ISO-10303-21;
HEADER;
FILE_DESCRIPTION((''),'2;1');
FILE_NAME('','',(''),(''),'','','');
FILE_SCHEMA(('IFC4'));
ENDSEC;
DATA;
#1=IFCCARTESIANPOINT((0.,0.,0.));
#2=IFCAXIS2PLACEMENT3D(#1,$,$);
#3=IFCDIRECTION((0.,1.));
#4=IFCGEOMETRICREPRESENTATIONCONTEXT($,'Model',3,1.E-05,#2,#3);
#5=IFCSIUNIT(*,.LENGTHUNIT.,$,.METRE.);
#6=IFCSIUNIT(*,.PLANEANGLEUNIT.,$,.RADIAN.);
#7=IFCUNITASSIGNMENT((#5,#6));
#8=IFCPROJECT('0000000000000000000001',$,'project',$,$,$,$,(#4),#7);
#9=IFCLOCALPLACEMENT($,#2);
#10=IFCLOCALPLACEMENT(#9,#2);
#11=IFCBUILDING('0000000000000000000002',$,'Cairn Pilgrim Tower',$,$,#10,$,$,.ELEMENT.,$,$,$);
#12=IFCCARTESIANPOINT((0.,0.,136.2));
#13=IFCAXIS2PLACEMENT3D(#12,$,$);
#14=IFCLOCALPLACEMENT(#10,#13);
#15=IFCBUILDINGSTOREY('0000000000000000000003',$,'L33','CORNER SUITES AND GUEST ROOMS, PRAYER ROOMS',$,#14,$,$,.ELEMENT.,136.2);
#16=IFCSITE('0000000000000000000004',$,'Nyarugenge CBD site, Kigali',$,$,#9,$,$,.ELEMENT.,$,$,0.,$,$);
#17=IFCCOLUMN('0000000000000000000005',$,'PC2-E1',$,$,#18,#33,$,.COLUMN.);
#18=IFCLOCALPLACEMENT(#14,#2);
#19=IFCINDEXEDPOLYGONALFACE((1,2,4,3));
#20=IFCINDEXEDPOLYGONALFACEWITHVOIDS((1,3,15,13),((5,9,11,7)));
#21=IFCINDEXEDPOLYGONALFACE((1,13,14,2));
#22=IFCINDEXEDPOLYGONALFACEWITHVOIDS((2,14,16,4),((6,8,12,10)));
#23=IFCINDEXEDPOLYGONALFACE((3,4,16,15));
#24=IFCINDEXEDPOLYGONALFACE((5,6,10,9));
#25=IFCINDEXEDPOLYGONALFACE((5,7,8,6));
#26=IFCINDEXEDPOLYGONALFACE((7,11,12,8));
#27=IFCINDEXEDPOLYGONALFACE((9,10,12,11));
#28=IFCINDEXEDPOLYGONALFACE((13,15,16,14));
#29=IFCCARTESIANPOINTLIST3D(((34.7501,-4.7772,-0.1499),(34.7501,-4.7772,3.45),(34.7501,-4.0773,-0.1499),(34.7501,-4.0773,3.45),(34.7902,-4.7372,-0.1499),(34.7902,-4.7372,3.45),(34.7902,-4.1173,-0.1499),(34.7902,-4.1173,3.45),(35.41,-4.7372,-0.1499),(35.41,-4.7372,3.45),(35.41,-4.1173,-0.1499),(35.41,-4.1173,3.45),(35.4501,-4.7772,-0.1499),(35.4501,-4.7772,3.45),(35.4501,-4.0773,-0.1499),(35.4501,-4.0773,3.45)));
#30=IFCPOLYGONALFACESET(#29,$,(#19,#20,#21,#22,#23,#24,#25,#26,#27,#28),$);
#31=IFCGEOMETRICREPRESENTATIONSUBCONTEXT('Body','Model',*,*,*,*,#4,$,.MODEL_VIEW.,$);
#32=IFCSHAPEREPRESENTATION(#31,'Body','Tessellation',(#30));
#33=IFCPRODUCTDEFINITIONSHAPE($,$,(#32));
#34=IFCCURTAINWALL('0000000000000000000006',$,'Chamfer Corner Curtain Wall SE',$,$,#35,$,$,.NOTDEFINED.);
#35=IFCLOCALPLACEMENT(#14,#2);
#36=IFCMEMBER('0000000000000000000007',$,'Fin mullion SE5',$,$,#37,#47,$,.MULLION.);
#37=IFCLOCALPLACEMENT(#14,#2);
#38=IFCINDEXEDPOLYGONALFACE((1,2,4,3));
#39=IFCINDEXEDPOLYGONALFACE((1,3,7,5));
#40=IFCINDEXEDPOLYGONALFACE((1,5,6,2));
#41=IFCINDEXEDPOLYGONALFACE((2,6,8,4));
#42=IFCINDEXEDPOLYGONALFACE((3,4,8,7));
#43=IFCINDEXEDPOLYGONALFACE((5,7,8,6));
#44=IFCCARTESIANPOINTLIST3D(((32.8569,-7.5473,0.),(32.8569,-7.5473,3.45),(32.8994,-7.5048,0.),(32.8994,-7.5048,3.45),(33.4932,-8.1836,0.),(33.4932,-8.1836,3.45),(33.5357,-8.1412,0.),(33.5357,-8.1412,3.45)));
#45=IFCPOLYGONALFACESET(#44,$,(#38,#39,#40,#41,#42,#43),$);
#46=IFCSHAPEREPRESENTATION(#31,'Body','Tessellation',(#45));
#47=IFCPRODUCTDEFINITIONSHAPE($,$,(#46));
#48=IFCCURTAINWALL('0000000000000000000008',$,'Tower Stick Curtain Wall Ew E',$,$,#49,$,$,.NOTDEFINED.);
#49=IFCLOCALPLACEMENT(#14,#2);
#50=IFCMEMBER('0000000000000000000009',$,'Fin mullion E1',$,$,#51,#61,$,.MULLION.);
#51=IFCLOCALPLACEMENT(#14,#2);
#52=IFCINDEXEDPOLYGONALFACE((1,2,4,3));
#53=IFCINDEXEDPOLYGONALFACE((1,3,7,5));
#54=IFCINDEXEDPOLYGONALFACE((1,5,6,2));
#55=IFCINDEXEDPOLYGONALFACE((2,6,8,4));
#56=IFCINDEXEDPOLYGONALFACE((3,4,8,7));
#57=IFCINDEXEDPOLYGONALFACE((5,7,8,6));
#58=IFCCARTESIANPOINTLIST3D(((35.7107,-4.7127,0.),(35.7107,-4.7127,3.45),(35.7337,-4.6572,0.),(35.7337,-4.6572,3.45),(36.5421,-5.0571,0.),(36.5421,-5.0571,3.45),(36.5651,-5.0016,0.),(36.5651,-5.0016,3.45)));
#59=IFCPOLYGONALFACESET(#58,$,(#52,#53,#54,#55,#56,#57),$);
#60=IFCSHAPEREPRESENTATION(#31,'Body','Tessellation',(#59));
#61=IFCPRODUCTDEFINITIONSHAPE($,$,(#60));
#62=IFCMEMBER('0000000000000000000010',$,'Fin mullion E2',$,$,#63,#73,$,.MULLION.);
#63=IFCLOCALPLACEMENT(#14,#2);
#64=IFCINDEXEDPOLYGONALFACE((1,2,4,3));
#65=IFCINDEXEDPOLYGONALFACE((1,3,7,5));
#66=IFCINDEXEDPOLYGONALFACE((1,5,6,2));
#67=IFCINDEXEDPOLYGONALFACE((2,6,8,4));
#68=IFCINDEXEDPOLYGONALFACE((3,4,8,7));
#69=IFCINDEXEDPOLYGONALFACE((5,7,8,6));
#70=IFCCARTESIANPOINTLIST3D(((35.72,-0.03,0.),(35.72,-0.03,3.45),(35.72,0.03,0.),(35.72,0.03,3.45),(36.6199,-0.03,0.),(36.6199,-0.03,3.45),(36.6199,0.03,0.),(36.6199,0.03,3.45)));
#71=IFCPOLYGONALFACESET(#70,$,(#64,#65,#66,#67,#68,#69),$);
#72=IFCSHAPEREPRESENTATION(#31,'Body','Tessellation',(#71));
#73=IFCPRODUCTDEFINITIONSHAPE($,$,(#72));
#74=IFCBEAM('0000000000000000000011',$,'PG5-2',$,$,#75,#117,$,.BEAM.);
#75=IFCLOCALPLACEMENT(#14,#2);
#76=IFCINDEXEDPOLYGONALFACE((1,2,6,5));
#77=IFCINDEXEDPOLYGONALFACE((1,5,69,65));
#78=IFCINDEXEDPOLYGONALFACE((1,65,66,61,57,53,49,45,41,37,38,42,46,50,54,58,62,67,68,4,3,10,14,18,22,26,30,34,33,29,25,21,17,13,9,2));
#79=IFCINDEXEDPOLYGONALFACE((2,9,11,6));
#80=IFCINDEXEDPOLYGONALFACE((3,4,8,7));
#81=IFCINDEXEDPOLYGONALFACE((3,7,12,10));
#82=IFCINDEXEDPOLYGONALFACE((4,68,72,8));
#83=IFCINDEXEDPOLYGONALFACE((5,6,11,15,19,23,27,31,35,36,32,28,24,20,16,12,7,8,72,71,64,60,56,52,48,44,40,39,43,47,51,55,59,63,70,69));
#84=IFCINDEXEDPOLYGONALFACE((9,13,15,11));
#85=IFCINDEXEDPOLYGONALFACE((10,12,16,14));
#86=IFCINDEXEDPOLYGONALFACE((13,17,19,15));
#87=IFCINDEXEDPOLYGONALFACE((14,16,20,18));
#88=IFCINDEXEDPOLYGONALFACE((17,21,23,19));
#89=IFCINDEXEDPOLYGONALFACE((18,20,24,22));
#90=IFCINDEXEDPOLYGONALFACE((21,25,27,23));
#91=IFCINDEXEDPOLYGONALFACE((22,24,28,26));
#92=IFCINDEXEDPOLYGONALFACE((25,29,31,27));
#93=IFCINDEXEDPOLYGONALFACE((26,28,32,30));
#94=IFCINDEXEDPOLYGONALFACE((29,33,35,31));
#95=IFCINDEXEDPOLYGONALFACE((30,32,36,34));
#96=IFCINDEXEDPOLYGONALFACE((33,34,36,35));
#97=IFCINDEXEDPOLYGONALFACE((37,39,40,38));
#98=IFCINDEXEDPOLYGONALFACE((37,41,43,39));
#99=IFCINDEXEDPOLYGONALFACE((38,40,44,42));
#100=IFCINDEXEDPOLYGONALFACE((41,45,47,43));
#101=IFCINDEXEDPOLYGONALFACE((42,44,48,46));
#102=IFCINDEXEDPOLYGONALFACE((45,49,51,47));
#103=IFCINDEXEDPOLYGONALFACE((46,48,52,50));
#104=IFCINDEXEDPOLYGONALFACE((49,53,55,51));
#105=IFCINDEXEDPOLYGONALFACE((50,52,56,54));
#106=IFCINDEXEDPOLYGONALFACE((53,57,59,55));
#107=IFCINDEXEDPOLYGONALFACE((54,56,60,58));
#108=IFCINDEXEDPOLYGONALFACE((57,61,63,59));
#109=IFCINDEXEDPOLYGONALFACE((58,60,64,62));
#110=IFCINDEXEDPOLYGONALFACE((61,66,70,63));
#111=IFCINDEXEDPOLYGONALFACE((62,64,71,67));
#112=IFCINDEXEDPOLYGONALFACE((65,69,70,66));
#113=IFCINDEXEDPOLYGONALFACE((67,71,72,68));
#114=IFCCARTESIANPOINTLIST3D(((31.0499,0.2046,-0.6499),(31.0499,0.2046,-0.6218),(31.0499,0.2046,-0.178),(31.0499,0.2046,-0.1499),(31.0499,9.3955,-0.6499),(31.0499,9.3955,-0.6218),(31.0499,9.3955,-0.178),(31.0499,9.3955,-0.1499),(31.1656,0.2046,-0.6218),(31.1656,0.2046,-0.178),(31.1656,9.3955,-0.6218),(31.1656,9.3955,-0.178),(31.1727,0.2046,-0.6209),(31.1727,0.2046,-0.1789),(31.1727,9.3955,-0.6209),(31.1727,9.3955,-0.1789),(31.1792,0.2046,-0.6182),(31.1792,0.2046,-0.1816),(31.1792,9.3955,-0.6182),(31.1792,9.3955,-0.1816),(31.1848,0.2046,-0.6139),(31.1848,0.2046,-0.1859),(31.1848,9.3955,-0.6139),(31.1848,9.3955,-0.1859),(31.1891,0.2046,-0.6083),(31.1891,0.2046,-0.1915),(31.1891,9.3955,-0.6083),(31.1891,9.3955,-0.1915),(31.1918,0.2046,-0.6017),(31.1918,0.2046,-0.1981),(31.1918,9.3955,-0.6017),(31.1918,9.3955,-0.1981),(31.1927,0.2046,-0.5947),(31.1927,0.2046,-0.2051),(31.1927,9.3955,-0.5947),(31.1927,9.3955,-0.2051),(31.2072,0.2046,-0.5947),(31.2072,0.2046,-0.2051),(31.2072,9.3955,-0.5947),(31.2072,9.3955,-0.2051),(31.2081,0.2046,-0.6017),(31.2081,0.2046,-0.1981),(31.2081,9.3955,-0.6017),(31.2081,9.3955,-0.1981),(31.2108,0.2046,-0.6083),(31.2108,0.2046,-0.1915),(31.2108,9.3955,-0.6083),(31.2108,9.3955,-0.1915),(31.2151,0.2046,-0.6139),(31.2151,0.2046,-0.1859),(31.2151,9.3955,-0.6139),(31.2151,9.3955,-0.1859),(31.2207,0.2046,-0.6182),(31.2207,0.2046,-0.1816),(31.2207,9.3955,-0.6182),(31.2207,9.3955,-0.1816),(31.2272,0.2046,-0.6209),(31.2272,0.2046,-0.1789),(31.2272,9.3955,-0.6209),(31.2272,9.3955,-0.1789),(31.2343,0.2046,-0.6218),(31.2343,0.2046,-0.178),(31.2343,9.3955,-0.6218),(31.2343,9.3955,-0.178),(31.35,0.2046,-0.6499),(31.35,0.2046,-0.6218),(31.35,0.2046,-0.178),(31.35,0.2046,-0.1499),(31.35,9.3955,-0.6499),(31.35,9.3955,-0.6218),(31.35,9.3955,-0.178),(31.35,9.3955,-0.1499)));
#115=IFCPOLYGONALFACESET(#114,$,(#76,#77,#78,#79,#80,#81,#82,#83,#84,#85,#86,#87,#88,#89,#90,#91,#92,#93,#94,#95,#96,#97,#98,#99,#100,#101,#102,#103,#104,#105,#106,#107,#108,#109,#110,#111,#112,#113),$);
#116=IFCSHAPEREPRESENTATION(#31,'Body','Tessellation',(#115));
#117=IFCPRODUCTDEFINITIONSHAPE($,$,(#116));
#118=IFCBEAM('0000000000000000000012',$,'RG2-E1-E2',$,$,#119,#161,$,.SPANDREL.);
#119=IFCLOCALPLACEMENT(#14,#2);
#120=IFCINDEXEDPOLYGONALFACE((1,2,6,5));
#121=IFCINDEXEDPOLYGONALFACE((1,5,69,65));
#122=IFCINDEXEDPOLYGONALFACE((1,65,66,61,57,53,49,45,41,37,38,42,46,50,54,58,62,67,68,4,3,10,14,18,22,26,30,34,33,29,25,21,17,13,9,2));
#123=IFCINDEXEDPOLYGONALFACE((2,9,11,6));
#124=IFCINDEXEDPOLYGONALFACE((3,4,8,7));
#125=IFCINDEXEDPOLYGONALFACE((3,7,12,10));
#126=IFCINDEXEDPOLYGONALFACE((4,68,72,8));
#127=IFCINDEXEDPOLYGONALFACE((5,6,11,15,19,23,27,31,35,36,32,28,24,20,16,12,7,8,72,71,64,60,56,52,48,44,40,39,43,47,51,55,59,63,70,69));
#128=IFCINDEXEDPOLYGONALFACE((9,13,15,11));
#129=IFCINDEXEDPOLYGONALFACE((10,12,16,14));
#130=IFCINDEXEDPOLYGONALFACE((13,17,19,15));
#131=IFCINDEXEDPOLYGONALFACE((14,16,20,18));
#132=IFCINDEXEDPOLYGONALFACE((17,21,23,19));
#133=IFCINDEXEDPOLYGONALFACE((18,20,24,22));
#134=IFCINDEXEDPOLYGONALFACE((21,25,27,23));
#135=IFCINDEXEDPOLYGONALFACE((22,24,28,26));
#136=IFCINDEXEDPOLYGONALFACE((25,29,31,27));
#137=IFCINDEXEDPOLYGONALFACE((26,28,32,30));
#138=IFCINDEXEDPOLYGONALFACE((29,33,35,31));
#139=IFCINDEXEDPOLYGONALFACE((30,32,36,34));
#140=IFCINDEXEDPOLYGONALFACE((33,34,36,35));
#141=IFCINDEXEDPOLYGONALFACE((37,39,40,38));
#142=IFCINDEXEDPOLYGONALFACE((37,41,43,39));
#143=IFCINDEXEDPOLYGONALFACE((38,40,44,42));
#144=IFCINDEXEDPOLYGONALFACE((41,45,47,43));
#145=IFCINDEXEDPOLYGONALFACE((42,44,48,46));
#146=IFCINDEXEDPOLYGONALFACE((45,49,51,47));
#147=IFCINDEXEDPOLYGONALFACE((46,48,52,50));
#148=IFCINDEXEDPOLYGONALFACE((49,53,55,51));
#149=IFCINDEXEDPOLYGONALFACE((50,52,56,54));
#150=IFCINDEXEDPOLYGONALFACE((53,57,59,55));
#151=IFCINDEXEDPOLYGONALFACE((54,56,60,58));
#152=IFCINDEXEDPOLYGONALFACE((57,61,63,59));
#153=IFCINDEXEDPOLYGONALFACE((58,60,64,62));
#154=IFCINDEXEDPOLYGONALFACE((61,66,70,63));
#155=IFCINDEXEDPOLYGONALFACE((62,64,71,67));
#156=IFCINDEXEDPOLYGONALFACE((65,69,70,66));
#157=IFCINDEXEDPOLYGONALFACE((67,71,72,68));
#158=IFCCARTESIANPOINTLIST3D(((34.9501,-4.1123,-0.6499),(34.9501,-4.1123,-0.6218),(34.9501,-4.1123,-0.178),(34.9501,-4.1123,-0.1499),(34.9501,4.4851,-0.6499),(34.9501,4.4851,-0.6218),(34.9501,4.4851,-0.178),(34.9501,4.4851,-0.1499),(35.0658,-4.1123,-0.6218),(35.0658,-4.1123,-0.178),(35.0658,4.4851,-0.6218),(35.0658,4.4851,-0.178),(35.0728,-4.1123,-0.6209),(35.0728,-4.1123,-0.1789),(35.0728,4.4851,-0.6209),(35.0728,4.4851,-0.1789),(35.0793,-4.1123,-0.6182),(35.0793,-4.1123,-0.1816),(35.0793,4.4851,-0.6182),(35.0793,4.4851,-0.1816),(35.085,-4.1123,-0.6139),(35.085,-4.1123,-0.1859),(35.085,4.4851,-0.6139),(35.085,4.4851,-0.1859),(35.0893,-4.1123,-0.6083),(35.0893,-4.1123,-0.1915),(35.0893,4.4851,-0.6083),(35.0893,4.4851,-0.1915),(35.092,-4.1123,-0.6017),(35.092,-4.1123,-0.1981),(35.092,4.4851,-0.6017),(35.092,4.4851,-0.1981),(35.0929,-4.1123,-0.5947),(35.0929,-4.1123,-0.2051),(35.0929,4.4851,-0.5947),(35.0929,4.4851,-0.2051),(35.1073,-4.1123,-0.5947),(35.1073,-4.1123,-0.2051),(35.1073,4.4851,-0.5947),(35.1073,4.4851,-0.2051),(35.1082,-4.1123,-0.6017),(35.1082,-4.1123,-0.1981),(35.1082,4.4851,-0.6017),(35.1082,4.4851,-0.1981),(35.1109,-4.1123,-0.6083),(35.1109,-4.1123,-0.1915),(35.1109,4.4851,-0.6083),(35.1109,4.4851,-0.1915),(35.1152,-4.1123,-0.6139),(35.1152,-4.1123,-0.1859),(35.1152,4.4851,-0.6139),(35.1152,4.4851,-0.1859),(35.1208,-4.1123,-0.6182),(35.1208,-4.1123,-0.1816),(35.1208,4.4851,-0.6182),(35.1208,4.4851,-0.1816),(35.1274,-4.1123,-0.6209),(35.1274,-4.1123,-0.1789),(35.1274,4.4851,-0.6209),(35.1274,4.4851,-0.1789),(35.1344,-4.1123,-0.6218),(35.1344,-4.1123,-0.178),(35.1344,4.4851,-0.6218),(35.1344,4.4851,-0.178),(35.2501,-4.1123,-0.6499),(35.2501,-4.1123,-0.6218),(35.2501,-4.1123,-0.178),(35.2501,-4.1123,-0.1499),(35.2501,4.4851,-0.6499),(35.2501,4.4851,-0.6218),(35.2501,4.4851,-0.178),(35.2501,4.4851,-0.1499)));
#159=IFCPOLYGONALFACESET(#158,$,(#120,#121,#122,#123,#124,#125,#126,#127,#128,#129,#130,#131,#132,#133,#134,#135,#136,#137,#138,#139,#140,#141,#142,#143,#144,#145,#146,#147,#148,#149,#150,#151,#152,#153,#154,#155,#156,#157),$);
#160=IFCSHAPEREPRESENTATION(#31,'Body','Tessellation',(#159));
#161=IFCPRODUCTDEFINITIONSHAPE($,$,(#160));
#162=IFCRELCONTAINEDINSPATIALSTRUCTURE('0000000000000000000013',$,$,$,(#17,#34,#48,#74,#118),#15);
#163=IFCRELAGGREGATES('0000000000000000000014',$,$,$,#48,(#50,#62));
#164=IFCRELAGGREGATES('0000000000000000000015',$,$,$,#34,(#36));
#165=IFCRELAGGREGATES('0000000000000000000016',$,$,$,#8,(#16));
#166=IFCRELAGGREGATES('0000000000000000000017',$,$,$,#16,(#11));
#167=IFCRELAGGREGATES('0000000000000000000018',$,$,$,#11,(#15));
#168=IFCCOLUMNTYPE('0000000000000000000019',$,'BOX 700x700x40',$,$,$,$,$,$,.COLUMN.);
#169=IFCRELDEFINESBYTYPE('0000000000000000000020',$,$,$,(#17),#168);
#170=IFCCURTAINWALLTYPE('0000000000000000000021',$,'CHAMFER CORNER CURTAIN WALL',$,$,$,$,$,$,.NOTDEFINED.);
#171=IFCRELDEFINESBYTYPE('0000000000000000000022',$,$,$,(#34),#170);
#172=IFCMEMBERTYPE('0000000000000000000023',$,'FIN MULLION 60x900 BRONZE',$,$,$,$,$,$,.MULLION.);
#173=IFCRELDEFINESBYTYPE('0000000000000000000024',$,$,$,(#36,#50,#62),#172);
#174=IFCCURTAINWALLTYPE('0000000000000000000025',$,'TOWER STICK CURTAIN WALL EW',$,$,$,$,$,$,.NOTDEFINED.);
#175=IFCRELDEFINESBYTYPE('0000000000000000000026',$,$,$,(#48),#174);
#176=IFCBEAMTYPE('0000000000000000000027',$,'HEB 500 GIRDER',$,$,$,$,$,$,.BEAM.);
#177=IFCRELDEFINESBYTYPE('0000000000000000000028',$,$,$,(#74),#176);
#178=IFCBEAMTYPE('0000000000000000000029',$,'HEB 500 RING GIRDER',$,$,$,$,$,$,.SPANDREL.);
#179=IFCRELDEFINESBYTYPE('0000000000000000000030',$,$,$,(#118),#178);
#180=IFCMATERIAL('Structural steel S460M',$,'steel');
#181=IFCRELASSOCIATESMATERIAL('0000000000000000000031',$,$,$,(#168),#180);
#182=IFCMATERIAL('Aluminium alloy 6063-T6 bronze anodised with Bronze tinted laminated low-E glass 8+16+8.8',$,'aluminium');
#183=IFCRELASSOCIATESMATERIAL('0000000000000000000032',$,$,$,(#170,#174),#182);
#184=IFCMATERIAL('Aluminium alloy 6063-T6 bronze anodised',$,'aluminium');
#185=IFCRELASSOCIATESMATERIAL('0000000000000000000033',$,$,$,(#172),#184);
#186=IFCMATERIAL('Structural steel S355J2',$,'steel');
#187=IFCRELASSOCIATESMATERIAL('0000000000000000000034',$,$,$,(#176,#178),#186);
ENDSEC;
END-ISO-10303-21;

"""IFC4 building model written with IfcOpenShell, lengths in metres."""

from ifc_helpers import new_model, si_unit, direction, frame, origin, origin_2d, place, context, subcontext, project, spatial, rectangle, hollow_rectangle, i_section, extrude, material, material_profile, profile_set, type_object, element, aggregate, save


model = new_model("IFC4")

# Units and contexts
model_context = context("Model", 3, precision=1e-05, world=origin(), true_north=direction((0.0, 1.0)))
body_context = subcontext(model_context, "Body", "Model", "MODEL_VIEW")
ifc_project = project(units=[si_unit("LENGTHUNIT", "METRE"), si_unit("PLANEANGLEUNIT", "RADIAN")], contexts=[model_context])

# Site, building, storey
site_placement = place(None, origin())
site = spatial("IfcSite", under=ifc_project, at=site_placement, Name="Nyarugenge CBD site, Kigali", CompositionType="ELEMENT", RefElevation=0.0)
building_placement = place(site_placement, origin())
building = spatial("IfcBuilding", under=site, at=building_placement, Name="Cairn Pilgrim Tower", CompositionType="ELEMENT")
storey_placement = place(building_placement, frame((0.0, 0.0, 136.2)))
storey = spatial("IfcBuildingStorey", under=building, at=storey_placement, Name="L33", Description="CORNER SUITES AND GUEST ROOMS, PRAYER ROOMS", CompositionType="ELEMENT", Elevation=136.2)

# Column
ifc_material_1 = material(Name="Structural steel S460M", Category="steel")
ifc_material_profile_1 = material_profile(ifc_material_1, hollow_rectangle(XDim=0.7, YDim=0.7, WallThickness=0.04, at=origin_2d()), Name="BOX 700x700x40")
ifc_profile_set_1 = profile_set([ifc_material_profile_1], Name="Structural steel S460M")
column_type = type_object("IfcColumnType", Name="BOX 700x700x40", PredefinedType="COLUMN", material=ifc_profile_set_1)
column_placement = place(storey_placement, frame((35.1001, -4.4272, -0.1499), z_axis=(0.0, 0.0, 1.0), x_axis=(1.0, 0.0, 0.0)))
element("IfcColumn", 1, at=column_placement, inside=storey, type_object=column_type, Name="PC2-E1", PredefinedType="COLUMN", context=body_context, shape_type="SweptSolid", body=[
    extrude(hollow_rectangle(XDim=0.7, YDim=0.7, WallThickness=0.04, at=origin_2d()), origin(), (0.0, 0.0, 1.0), 3.5999),
])

# Curtain wall, member
ifc_material_2 = material(Name="Aluminium alloy 6063-T6 bronze anodised with Bronze tinted laminated low-E glass 8+16+8.8", Category="aluminium")
curtain_wall_type_1 = type_object("IfcCurtainWallType", Name="CHAMFER CORNER CURTAIN WALL", PredefinedType="NOTDEFINED", material=ifc_material_2)
curtain_wall_1_placement = place(storey_placement, origin())
curtain_wall_1 = element("IfcCurtainWall", 2, at=curtain_wall_1_placement, inside=storey, type_object=curtain_wall_type_1, Name="Chamfer Corner Curtain Wall SE", PredefinedType="NOTDEFINED")
ifc_material_3 = material(Name="Aluminium alloy 6063-T6 bronze anodised", Category="aluminium")
ifc_material_profile_2 = material_profile(ifc_material_3, rectangle(XDim=0.8999, YDim=0.0601, at=origin_2d()), Name="FIN MULLION 60x900 BRONZE")
ifc_profile_set_2 = profile_set([ifc_material_profile_2], Name="Aluminium alloy 6063-T6 bronze anodised")
member_type_1 = type_object("IfcMemberType", Name="FIN MULLION 60x900 BRONZE", PredefinedType="MULLION", material=ifc_profile_set_2)
member_1_placement = place(storey_placement, frame((33.1963, -7.8442, 0.0), z_axis=(0.0, 0.0, 1.0), x_axis=(0.707107, -0.707107, 0.0)))
member_1 = element("IfcMember", 3, at=member_1_placement, type_object=member_type_1, Name="Fin mullion SE5", PredefinedType="MULLION", context=body_context, shape_type="SweptSolid", body=[
    extrude(rectangle(XDim=0.8999, YDim=0.0601, at=origin_2d()), origin(), (0.0, 0.0, 1.0), 3.45),
])

# Curtain wall, members
curtain_wall_type_2 = type_object("IfcCurtainWallType", Name="TOWER STICK CURTAIN WALL EW", PredefinedType="NOTDEFINED", material=ifc_material_2)
curtain_wall_2_placement = place(storey_placement, origin())
curtain_wall_2 = element("IfcCurtainWall", 4, at=curtain_wall_2_placement, inside=storey, type_object=curtain_wall_type_2, Name="Tower Stick Curtain Wall Ew E", PredefinedType="NOTDEFINED")
member_2_placement = place(storey_placement, frame((36.1379, -4.8572, 0.0), z_axis=(0.0, 0.0, 1.0), x_axis=(0.92388, -0.382683, 0.0)))
member_2 = element("IfcMember", 5, at=member_2_placement, type_object=member_type_1, Name="Fin mullion E1", PredefinedType="MULLION", context=body_context, shape_type="SweptSolid", body=[
    extrude(rectangle(XDim=0.8999, YDim=0.0601, at=origin_2d()), origin(), (0.0, 0.0, 1.0), 3.45),
])
member_3_placement = place(storey_placement, frame((36.1699, 0.0, 0.0), z_axis=(0.0, 0.0, 1.0), x_axis=(1.0, 0.0, 0.0)))
member_3 = element("IfcMember", 6, at=member_3_placement, type_object=member_type_1, Name="Fin mullion E2", PredefinedType="MULLION", context=body_context, shape_type="SweptSolid", body=[
    extrude(rectangle(XDim=0.8999, YDim=0.0601, at=origin_2d()), origin(), (0.0, 0.0, 1.0), 3.45),
])
aggregate(curtain_wall_2, [member_2, member_3])

# Beams
ifc_material_4 = material(Name="Structural steel S355J2", Category="steel")
ifc_material_profile_3 = material_profile(ifc_material_4, i_section(OverallWidth=0.3, OverallDepth=0.5, WebThickness=0.0144, FlangeThickness=0.0281, FilletRadius=0.0271, at=origin_2d()), Name="HEB 500")
ifc_profile_set_3 = profile_set([ifc_material_profile_3], Name="Structural steel S355J2")
beam_type_1 = type_object("IfcBeamType", Name="HEB 500 GIRDER", PredefinedType="BEAM", material=ifc_profile_set_3)
beam_1_placement = place(storey_placement, frame((31.2, 0.2046, -0.3999), z_axis=(0.0, 1.0, 0.0), x_axis=(-1.0, 0.0, 0.0)))
element("IfcBeam", 7, at=beam_1_placement, inside=storey, type_object=beam_type_1, Name="PG5-2", PredefinedType="BEAM", context=body_context, shape_type="SweptSolid", body=[
    extrude(i_section(OverallWidth=0.3, OverallDepth=0.5, WebThickness=0.0144, FlangeThickness=0.0281, FilletRadius=0.0271, at=origin_2d()), origin(), (0.0, 0.0, 1.0), 9.1909),
])
ifc_material_profile_4 = material_profile(ifc_material_4, i_section(OverallWidth=0.3, OverallDepth=0.5, WebThickness=0.0144, FlangeThickness=0.0281, FilletRadius=0.0271, at=origin_2d()), Name="HEB 500")
ifc_profile_set_4 = profile_set([ifc_material_profile_4], Name="Structural steel S355J2")
beam_type_2 = type_object("IfcBeamType", Name="HEB 500 RING GIRDER", PredefinedType="SPANDREL", material=ifc_profile_set_4)
beam_2_placement = place(storey_placement, frame((35.1001, -4.1123, -0.3999), z_axis=(0.0, 1.0, 0.0), x_axis=(-1.0, 0.0, 0.0)))
element("IfcBeam", 8, at=beam_2_placement, inside=storey, type_object=beam_type_2, Name="RG2-E1-E2", PredefinedType="SPANDREL", context=body_context, shape_type="SweptSolid", body=[
    extrude(i_section(OverallWidth=0.3, OverallDepth=0.5, WebThickness=0.0144, FlangeThickness=0.0281, FilletRadius=0.0271, at=origin_2d()), origin(), (0.0, 0.0, 1.0), 8.5974),
])

aggregate(curtain_wall_1, [member_1])

save(model, "model.ifc")
